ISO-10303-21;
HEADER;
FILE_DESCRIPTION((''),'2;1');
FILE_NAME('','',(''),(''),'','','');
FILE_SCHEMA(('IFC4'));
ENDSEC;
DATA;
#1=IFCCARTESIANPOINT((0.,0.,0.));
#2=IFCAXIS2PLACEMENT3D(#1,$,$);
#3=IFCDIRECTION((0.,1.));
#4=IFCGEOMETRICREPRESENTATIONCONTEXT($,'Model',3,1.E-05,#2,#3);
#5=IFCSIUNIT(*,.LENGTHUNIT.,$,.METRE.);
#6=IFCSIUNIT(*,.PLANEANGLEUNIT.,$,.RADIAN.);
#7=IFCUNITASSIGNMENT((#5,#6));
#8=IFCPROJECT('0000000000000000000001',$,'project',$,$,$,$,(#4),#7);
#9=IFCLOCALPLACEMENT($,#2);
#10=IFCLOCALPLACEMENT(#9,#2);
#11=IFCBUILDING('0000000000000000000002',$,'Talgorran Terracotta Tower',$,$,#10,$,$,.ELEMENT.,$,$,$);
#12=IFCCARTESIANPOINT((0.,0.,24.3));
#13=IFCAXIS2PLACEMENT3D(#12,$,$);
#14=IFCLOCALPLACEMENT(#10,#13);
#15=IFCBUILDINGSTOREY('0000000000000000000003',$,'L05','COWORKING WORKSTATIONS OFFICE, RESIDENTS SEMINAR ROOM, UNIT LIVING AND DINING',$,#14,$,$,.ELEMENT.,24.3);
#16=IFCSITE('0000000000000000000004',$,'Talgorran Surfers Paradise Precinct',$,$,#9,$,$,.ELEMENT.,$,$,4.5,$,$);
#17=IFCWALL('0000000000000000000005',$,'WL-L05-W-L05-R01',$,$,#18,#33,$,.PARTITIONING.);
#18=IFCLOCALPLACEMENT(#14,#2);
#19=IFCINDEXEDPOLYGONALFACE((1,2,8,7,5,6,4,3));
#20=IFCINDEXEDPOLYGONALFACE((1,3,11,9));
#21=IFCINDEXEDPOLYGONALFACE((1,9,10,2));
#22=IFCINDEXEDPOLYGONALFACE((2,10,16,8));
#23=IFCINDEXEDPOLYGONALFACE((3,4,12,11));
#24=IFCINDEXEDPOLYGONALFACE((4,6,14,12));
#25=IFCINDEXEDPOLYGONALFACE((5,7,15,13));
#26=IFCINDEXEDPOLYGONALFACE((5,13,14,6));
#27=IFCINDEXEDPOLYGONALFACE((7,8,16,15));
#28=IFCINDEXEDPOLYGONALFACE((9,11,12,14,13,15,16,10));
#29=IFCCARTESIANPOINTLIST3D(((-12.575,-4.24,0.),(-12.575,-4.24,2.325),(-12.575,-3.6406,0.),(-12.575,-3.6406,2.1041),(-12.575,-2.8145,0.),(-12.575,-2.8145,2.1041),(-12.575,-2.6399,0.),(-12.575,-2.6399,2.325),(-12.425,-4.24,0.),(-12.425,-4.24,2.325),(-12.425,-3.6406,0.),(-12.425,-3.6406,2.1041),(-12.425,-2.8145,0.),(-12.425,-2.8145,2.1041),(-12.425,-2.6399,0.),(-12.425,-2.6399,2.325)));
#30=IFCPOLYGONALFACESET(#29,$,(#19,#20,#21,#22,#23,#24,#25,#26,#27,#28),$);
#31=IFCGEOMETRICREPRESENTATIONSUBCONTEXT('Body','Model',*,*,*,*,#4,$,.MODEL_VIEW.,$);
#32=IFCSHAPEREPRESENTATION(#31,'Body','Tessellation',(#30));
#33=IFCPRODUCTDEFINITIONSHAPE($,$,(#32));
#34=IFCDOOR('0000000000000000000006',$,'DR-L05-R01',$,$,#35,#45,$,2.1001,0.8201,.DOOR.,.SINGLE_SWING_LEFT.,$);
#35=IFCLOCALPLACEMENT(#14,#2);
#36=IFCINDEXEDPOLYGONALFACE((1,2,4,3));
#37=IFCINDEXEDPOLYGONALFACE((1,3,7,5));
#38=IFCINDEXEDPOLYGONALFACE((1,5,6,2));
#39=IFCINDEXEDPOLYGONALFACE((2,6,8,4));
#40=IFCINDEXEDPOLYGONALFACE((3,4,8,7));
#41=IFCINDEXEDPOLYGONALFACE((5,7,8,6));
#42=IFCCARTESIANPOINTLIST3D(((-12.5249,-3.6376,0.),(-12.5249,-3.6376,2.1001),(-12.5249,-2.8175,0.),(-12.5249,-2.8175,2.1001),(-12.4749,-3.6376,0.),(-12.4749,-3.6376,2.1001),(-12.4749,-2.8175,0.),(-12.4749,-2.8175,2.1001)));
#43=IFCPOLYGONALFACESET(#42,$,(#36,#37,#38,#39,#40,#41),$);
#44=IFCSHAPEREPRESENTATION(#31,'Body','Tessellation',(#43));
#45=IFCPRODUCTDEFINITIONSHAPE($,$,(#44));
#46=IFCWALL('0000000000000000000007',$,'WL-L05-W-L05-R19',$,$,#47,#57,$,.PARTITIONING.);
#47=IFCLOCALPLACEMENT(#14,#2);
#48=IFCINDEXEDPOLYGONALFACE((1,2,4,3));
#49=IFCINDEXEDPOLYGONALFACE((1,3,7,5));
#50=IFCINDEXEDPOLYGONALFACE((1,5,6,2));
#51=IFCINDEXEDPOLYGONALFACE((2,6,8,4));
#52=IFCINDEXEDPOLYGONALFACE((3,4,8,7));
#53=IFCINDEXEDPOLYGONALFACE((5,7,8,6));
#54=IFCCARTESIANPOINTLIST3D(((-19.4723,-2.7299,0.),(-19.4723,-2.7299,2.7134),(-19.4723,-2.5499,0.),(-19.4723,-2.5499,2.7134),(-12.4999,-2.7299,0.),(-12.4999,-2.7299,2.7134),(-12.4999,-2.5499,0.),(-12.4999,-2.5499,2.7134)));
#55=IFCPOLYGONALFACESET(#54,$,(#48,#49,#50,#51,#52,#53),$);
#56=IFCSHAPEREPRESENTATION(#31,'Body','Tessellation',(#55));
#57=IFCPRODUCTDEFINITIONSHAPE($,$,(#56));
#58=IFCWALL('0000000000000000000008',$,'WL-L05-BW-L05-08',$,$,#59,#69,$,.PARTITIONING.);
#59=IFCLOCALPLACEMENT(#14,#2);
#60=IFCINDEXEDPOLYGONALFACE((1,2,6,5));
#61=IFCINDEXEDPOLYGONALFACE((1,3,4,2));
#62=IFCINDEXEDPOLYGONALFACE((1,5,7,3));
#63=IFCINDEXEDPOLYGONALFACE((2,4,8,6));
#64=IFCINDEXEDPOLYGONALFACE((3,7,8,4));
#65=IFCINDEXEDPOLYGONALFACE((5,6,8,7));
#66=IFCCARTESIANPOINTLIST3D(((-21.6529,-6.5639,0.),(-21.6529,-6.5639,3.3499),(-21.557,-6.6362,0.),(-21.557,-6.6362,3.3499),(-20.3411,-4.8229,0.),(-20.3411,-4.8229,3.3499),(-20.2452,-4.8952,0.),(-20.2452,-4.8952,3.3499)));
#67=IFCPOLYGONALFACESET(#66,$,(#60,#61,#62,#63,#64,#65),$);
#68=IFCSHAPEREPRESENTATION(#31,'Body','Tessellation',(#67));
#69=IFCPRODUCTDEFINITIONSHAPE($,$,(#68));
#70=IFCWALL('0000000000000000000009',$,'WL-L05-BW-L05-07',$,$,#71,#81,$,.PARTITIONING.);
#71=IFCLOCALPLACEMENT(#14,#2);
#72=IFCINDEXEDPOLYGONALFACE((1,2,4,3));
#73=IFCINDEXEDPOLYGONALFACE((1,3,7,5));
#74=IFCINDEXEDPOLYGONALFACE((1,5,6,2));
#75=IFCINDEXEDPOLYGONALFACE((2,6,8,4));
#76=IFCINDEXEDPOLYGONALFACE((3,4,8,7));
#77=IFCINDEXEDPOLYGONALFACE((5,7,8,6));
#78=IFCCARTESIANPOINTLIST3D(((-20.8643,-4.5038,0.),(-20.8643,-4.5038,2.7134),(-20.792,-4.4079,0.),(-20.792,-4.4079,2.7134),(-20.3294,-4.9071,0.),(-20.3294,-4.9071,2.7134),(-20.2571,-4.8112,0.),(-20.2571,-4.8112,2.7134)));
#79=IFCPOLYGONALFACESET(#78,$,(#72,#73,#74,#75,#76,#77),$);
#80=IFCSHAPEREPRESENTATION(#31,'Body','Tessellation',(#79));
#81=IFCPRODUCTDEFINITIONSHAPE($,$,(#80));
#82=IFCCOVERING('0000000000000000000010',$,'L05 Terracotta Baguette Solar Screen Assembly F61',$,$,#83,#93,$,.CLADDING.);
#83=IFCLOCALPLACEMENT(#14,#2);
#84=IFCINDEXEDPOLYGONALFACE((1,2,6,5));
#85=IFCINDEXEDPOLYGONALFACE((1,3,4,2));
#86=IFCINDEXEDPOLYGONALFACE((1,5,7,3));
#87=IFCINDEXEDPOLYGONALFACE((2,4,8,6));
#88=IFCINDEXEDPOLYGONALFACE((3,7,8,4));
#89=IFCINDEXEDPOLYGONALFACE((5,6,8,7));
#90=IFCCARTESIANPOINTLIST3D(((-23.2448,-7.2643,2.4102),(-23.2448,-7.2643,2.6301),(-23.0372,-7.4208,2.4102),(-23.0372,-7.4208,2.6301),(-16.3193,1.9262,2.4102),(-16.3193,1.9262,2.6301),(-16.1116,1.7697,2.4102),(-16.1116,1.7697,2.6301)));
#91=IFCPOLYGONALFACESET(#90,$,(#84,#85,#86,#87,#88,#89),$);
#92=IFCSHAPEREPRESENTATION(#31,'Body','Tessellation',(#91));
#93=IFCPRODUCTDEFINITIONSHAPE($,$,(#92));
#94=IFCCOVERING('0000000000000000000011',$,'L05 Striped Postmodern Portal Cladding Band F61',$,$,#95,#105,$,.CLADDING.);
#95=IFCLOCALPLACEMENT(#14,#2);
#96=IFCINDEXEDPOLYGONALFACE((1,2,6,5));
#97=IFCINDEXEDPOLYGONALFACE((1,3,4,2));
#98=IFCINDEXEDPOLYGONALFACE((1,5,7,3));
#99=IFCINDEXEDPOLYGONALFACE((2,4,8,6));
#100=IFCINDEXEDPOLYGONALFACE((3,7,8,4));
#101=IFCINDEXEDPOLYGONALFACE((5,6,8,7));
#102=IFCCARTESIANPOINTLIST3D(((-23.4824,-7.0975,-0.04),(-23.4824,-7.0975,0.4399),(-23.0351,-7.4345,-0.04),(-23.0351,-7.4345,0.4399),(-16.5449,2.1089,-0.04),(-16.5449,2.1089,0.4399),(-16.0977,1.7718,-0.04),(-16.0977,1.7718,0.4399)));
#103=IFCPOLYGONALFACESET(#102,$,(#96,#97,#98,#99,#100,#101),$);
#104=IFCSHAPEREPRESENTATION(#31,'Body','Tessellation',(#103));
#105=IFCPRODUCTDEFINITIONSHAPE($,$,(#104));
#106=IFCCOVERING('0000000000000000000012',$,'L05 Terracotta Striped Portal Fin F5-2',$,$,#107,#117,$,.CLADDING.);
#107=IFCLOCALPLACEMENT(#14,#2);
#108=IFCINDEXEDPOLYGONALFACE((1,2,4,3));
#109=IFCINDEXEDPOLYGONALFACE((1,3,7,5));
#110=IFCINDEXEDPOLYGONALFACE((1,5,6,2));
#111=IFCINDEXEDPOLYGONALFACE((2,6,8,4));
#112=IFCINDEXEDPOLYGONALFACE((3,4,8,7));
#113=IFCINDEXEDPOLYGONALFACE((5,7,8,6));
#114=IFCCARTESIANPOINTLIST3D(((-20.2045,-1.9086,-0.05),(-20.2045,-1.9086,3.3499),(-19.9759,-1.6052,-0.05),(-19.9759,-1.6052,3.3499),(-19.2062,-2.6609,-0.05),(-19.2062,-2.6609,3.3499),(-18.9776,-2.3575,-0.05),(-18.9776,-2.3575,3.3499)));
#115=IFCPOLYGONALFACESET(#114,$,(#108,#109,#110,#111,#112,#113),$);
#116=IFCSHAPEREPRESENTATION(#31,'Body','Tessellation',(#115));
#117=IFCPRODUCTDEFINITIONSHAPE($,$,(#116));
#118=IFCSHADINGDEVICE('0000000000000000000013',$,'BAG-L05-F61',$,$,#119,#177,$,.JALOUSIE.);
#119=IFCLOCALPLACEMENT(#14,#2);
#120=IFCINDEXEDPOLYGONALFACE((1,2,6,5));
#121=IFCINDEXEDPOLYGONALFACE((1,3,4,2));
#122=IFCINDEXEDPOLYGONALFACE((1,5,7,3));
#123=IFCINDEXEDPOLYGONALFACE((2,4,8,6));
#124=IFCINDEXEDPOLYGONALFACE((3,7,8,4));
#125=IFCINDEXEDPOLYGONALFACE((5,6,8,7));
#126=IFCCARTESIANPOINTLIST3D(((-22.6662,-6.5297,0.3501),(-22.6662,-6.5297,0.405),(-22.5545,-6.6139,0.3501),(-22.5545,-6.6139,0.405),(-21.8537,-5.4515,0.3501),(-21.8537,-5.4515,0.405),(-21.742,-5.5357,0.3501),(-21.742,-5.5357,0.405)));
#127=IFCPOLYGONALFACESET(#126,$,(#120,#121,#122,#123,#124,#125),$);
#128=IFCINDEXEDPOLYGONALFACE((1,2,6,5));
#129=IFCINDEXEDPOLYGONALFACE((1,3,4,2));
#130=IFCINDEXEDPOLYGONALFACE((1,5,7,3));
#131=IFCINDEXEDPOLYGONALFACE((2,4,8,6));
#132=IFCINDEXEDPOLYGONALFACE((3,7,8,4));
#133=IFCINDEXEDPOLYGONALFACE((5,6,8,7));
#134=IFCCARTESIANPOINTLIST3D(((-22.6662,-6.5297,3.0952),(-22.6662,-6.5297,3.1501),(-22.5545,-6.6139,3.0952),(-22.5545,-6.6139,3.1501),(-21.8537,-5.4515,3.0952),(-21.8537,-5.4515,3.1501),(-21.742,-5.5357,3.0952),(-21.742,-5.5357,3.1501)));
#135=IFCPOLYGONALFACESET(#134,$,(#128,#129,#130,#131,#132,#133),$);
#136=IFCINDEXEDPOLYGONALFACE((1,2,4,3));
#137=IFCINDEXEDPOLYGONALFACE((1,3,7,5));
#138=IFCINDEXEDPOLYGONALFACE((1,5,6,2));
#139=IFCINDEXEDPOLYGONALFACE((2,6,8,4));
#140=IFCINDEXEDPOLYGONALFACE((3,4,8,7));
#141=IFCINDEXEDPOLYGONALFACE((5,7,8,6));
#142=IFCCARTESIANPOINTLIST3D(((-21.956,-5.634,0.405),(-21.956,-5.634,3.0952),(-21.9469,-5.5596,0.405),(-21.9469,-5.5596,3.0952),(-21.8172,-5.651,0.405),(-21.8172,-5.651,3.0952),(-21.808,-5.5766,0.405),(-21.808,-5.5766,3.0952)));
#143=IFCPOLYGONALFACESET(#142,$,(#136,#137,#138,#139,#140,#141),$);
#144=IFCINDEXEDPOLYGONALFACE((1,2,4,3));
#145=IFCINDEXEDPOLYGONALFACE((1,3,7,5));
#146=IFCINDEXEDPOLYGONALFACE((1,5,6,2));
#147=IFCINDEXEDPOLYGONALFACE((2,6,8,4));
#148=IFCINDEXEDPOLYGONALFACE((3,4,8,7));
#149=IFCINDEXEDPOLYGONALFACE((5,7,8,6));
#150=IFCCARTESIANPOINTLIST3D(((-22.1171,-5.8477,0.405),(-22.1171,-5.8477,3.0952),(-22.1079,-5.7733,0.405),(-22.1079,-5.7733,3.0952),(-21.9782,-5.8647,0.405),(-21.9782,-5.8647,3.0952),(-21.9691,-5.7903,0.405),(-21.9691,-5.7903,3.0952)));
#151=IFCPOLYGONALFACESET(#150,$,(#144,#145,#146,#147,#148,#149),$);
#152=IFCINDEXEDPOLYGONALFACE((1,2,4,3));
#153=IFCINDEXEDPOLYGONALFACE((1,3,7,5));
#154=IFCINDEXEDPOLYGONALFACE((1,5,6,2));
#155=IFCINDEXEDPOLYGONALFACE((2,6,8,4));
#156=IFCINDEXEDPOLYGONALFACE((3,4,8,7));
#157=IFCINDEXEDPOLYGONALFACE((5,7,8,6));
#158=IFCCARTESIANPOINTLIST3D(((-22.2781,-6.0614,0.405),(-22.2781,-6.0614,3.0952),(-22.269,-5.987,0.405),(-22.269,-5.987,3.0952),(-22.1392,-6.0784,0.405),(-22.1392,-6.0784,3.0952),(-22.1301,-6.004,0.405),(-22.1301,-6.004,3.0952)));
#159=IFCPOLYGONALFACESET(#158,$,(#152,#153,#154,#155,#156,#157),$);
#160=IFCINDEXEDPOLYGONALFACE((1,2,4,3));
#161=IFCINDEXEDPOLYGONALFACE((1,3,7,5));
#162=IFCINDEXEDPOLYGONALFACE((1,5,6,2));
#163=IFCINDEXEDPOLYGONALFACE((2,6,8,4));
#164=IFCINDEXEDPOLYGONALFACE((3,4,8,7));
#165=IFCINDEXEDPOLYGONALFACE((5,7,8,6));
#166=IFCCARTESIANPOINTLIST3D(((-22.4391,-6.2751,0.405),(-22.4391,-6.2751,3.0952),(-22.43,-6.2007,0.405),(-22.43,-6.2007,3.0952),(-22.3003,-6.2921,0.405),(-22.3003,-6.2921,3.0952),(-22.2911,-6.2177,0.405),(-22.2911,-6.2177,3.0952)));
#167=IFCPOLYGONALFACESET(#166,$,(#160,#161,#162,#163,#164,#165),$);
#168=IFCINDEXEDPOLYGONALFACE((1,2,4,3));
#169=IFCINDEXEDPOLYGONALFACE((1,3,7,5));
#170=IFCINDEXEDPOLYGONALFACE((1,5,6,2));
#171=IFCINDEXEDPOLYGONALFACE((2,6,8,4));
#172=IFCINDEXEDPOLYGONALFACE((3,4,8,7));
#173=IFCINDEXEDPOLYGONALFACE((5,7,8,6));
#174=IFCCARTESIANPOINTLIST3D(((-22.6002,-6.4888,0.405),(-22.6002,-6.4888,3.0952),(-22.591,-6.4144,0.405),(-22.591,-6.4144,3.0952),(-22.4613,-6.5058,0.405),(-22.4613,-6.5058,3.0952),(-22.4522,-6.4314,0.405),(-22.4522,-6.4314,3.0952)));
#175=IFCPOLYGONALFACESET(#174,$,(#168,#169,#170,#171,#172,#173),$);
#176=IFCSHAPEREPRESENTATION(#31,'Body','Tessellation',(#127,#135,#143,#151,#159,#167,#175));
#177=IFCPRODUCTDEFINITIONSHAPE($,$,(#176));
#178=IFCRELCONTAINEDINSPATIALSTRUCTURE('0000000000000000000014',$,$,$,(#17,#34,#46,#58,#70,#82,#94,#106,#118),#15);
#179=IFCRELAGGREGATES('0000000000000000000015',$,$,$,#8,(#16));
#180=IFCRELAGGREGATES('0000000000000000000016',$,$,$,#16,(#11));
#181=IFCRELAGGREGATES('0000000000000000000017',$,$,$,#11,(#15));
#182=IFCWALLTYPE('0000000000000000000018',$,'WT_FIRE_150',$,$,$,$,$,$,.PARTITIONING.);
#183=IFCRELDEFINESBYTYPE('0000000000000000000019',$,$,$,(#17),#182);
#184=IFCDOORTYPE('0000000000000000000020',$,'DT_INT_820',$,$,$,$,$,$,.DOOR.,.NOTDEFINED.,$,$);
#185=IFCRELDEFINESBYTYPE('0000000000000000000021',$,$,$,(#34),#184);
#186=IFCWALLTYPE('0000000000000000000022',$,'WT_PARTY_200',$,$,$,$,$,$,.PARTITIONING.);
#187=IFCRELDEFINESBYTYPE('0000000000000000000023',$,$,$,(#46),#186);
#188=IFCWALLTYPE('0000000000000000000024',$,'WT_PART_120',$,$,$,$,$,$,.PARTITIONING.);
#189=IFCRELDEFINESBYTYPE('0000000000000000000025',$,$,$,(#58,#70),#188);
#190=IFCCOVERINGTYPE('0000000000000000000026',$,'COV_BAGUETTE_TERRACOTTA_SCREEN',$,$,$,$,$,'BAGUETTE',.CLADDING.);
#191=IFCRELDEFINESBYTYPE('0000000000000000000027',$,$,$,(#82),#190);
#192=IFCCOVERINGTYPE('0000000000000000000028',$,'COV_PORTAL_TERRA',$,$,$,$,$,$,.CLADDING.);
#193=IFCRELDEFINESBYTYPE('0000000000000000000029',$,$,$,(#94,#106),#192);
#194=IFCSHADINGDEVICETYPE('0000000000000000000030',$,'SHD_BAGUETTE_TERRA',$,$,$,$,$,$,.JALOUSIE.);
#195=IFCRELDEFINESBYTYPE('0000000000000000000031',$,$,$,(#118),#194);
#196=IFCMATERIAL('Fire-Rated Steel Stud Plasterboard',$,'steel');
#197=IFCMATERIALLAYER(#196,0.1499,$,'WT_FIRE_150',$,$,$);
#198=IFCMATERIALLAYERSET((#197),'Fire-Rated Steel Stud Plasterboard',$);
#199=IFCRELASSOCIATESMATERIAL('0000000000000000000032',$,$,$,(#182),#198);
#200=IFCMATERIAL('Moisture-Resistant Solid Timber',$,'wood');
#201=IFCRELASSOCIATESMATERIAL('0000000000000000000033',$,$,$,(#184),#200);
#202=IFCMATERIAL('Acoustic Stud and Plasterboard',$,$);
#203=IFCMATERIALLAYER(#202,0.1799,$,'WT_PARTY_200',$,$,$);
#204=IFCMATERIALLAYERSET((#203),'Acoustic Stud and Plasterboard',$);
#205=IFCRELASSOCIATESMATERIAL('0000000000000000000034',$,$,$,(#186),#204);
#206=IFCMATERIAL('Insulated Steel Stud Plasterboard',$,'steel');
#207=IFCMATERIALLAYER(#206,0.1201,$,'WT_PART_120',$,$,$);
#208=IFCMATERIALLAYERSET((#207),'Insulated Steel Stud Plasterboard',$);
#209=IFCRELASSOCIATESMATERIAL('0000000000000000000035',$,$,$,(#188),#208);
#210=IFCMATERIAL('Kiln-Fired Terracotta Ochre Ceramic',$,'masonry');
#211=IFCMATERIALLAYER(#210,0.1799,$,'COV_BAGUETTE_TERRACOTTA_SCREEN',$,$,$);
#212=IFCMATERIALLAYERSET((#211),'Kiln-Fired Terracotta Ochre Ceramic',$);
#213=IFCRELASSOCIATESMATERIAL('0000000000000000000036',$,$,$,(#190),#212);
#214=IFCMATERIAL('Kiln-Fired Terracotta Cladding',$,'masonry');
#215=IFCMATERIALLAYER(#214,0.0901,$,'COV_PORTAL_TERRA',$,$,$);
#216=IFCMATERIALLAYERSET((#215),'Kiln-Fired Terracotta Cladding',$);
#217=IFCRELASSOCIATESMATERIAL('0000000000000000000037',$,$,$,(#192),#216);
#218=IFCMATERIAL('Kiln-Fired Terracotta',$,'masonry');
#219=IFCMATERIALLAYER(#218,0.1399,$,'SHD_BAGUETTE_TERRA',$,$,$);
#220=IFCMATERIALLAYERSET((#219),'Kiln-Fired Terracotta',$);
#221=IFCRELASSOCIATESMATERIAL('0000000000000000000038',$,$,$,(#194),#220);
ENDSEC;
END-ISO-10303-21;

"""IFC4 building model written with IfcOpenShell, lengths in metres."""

from ifc_helpers import new_model, si_unit, direction, frame, frame_2d, origin, origin_2d, place, context, subcontext, project, spatial, rectangle, extrude, source, transform, mapped, material, layer, layer_set, type_object, type_shapes, element, fill, save


model = new_model("IFC4")

# Units and contexts
model_context = context("Model", 3, precision=1e-05, world=origin(), true_north=direction((0.0, 1.0)))
body_context = subcontext(model_context, "Body", "Model", "MODEL_VIEW")
ifc_project = project(units=[si_unit("LENGTHUNIT", "METRE"), si_unit("PLANEANGLEUNIT", "RADIAN")], contexts=[model_context])

# Site, building, storey
site_placement = place(None, origin())
site = spatial("IfcSite", under=ifc_project, at=site_placement, Name="Talgorran Surfers Paradise Precinct", CompositionType="ELEMENT", RefElevation=4.5)
building_placement = place(site_placement, origin())
building = spatial("IfcBuilding", under=site, at=building_placement, Name="Talgorran Terracotta Tower", CompositionType="ELEMENT")
storey_placement = place(building_placement, frame((0.0, 0.0, 24.3)))
storey = spatial("IfcBuildingStorey", under=building, at=storey_placement, Name="L05", Description="COWORKING WORKSTATIONS OFFICE, RESIDENTS SEMINAR ROOM, UNIT LIVING AND DINING", CompositionType="ELEMENT", Elevation=24.3)

# Shared definitions
ifc_material_1 = material(Name="Fire-Rated Steel Stud Plasterboard", Category="steel")
ifc_layer_1 = layer(ifc_material_1, 0.1499, Name="WT_FIRE_150")
ifc_layer_set_1 = layer_set([ifc_layer_1], Name="Fire-Rated Steel Stud Plasterboard")
wall_type_1 = type_object("IfcWallType", Name="WT_FIRE_150", PredefinedType="PARTITIONING", material=ifc_layer_set_1)

# Wall, opening, door
wall_1_placement = place(storey_placement, frame((-12.5, -4.24, 0.0), z_axis=(0.0, 0.0, 1.0), x_axis=(0.0, 1.0, 0.0)))
wall_1 = element("IfcWall", 1, at=wall_1_placement, inside=storey, type_object=wall_type_1, Name="WL-L05-W-L05-R01", PredefinedType="PARTITIONING", context=body_context, shape_type="SweptSolid", body=[
    extrude(rectangle(XDim=1.6001, YDim=0.1499, at=frame_2d((0.8, 0.0))), origin(), (0.0, 0.0, 1.0), 2.325),
])
opening_1_placement = place(wall_1_placement, frame((0.6023, 0.0, 0.0)))
opening_1 = element("IfcOpeningElement", 2, at=opening_1_placement, cuts=wall_1, PredefinedType="OPENING", context=body_context, shape_type="SweptSolid", body=[
    extrude(rectangle(XDim=0.8261, YDim=2.1041, at=frame_2d((0.4102, 1.052))), frame((0.0, 0.085, 0.0), z_axis=(0.0, -1.0, 0.0), x_axis=(1.0, 0.0, 0.0)), (0.0, 0.0, 1.0), 0.1699),
])
ifc_material_2 = material(Name="Moisture-Resistant Solid Timber", Category="wood")
door_type_1 = type_object("IfcDoorType", Name="DT_INT_820", OperationType="NOTDEFINED", PredefinedType="DOOR", material=ifc_material_2)
door_1_placement = place(opening_1_placement, origin())
door_1 = element("IfcDoor", 3, at=door_1_placement, inside=storey, type_object=door_type_1, Name="DR-L05-R01", OperationType="SINGLE_SWING_LEFT", OverallHeight=2.1001, OverallWidth=0.8201, PredefinedType="DOOR", context=body_context, shape_type="SweptSolid", body=[
    extrude(rectangle(XDim=0.8201, YDim=2.1001, at=frame_2d((0.4102, 1.05))), frame((0.0, 0.0249, 0.0), z_axis=(0.0, -1.0, 0.0), x_axis=(1.0, 0.0, 0.0)), (0.0, 0.0, 1.0), 0.05),
])
fill(opening_1, door_1)

# Walls
ifc_material_3 = material(Name="Acoustic Stud and Plasterboard")
ifc_layer_2 = layer(ifc_material_3, 0.1799, Name="WT_PARTY_200")
ifc_layer_set_2 = layer_set([ifc_layer_2], Name="Acoustic Stud and Plasterboard")
wall_type_2 = type_object("IfcWallType", Name="WT_PARTY_200", PredefinedType="PARTITIONING", material=ifc_layer_set_2)
wall_2_placement = place(storey_placement, frame((-19.4724, -2.6399, 0.0), z_axis=(0.0, 0.0, 1.0), x_axis=(1.0, 0.0, 0.0)))
element("IfcWall", 4, at=wall_2_placement, inside=storey, type_object=wall_type_2, Name="WL-L05-W-L05-R19", PredefinedType="PARTITIONING", context=body_context, shape_type="SweptSolid", body=[
    extrude(rectangle(XDim=6.9724, YDim=0.1799, at=frame_2d((3.4863, 0.0))), origin(), (0.0, 0.0, 1.0), 2.7134),
])
ifc_material_4 = material(Name="Insulated Steel Stud Plasterboard", Category="steel")
ifc_layer_3 = layer(ifc_material_4, 0.1201, Name="WT_PART_120")
ifc_layer_set_3 = layer_set([ifc_layer_3], Name="Insulated Steel Stud Plasterboard")
wall_type_3 = type_object("IfcWallType", Name="WT_PART_120", PredefinedType="PARTITIONING", material=ifc_layer_set_3)
wall_3_placement = place(storey_placement, frame((-20.2932, -4.8591, 0.0), z_axis=(0.0, 0.0, 1.0), x_axis=(-0.601773, -0.798667, 0.0)))
element("IfcWall", 5, at=wall_3_placement, inside=storey, type_object=wall_type_3, Name="WL-L05-BW-L05-08", PredefinedType="PARTITIONING", context=body_context, shape_type="SweptSolid", body=[
    extrude(rectangle(XDim=2.1799, YDim=0.1201, at=frame_2d((1.0898, 0.0))), origin(), (0.0, 0.0, 1.0), 3.3499),
])
wall_4_placement = place(storey_placement, frame((-20.8281, -4.4558, 0.0), z_axis=(0.0, 0.0, 1.0), x_axis=(0.798467, -0.602039, 0.0)))
element("IfcWall", 6, at=wall_4_placement, inside=storey, type_object=wall_type_3, Name="WL-L05-BW-L05-07", PredefinedType="PARTITIONING", context=body_context, shape_type="SweptSolid", body=[
    extrude(rectangle(XDim=0.6699, YDim=0.1201, at=frame_2d((0.335, 0.0))), origin(), (0.0, 0.0, 1.0), 2.7134),
])

# Coverings
ifc_material_5 = material(Name="Kiln-Fired Terracotta Ochre Ceramic", Category="masonry")
ifc_layer_4 = layer(ifc_material_5, 0.1799, Name="COV_BAGUETTE_TERRACOTTA_SCREEN")
ifc_layer_set_4 = layer_set([ifc_layer_4], Name="Kiln-Fired Terracotta Ochre Ceramic")
covering_type_1 = type_object("IfcCoveringType", Name="COV_BAGUETTE_TERRACOTTA_SCREEN", ElementType="BAGUETTE", PredefinedType="CLADDING", material=ifc_layer_set_4)
covering_1_placement = place(storey_placement, frame((-19.6782, -2.7473, 2.4102), z_axis=(0.0, 0.0, 1.0), x_axis=(-0.601815, -0.798636, 0.0)))
element("IfcCovering", 7, at=covering_1_placement, inside=storey, type_object=covering_type_1, Name="L05 Terracotta Baguette Solar Screen Assembly F61", PredefinedType="CLADDING", context=body_context, shape_type="SweptSolid", body=[
    extrude(rectangle(XDim=11.5078, YDim=0.26, at=origin_2d()), origin(), (0.0, 0.0, 1.0), 0.22),
])
ifc_material_6 = material(Name="Kiln-Fired Terracotta Cladding", Category="masonry")
ifc_layer_5 = layer(ifc_material_6, 0.0901, Name="COV_PORTAL_TERRA")
ifc_layer_set_5 = layer_set([ifc_layer_5], Name="Kiln-Fired Terracotta Cladding")
covering_type_2 = type_object("IfcCoveringType", Name="COV_PORTAL_TERRA", PredefinedType="CLADDING", material=ifc_layer_set_5)
covering_2_placement = place(storey_placement, frame((-19.79, -2.6628, -0.04), z_axis=(0.0, 0.0, 1.0), x_axis=(-0.601815, -0.798636, 0.0)))
element("IfcCovering", 8, at=covering_2_placement, inside=storey, type_object=covering_type_2, Name="L05 Striped Postmodern Portal Cladding Band F61", PredefinedType="CLADDING", context=body_context, shape_type="SweptSolid", body=[
    extrude(rectangle(XDim=11.5276, YDim=0.5601, at=origin_2d()), origin(), (0.0, 0.0, 1.0), 0.48),
])
covering_3_placement = place(storey_placement, frame((-19.5911, -2.1331, -0.05), z_axis=(0.0, 0.0, 1.0), x_axis=(-0.601815, -0.798636, 0.0)))
element("IfcCovering", 9, at=covering_3_placement, inside=storey, type_object=covering_type_2, Name="L05 Terracotta Striped Portal Fin F5-2", PredefinedType="CLADDING", context=body_context, shape_type="SweptSolid", body=[
    extrude(rectangle(XDim=0.3799, YDim=1.25, at=origin_2d()), origin(), (0.0, 0.0, 1.0), 3.3999),
])

# Shading device
ifc_material_7 = material(Name="Kiln-Fired Terracotta", Category="masonry")
ifc_layer_6 = layer(ifc_material_7, 0.1399, Name="SHD_BAGUETTE_TERRA")
ifc_layer_set_6 = layer_set([ifc_layer_6], Name="Kiln-Fired Terracotta")
shading_device_type = type_object("IfcShadingDeviceType", Name="SHD_BAGUETTE_TERRA", PredefinedType="JALOUSIE", material=ifc_layer_set_6)
shared_shape_1 = source(origin(), body_context, "Body", "SweptSolid", [
    extrude(rectangle(XDim=1.3501, YDim=0.1399, at=origin_2d()), origin(), (0.0, 0.0, 1.0), 0.0549),
    extrude(rectangle(XDim=1.3501, YDim=0.1399, at=origin_2d()), frame((0.0, 0.0, 2.7451)), (0.0, 0.0, 1.0), 0.0549),
    extrude(rectangle(XDim=0.075, YDim=0.1399, at=origin_2d()), frame((-0.5352, 0.0, 0.0549), z_axis=(0.0, 0.0, 1.0), x_axis=(0.866025, 0.5, 0.0)), (0.0, 0.0, 1.0), 2.6902),
    extrude(rectangle(XDim=0.075, YDim=0.1399, at=origin_2d()), frame((-0.2676, 0.0, 0.0549), z_axis=(0.0, 0.0, 1.0), x_axis=(0.866025, 0.5, 0.0)), (0.0, 0.0, 1.0), 2.6902),
    extrude(rectangle(XDim=0.075, YDim=0.1399, at=origin_2d()), frame((0.0, 0.0, 0.0549), z_axis=(0.0, 0.0, 1.0), x_axis=(0.866025, 0.5, 0.0)), (0.0, 0.0, 1.0), 2.6902),
    extrude(rectangle(XDim=0.075, YDim=0.1399, at=origin_2d()), frame((0.2676, 0.0, 0.0549), z_axis=(0.0, 0.0, 1.0), x_axis=(0.866025, 0.5, 0.0)), (0.0, 0.0, 1.0), 2.6902),
    extrude(rectangle(XDim=0.075, YDim=0.1399, at=origin_2d()), frame((0.5352, 0.0, 0.0549), z_axis=(0.0, 0.0, 1.0), x_axis=(0.866025, 0.5, 0.0)), (0.0, 0.0, 1.0), 2.6902),
])
type_shapes(shading_device_type, [shared_shape_1])
shading_device_placement = place(storey_placement, frame((-22.2041, -6.0327, 0.3501), z_axis=(0.0, 0.0, 1.0), x_axis=(-0.601815, -0.798636, 0.0)))
element("IfcShadingDevice", 10, at=shading_device_placement, inside=storey, type_object=shading_device_type, Name="BAG-L05-F61", PredefinedType="JALOUSIE", context=body_context, shape_type="MappedRepresentation", body=[
    mapped(shared_shape_1, transform((0.0, 0.0, 0.0), scale=1.0)),
])

save(model, "model.ifc")
